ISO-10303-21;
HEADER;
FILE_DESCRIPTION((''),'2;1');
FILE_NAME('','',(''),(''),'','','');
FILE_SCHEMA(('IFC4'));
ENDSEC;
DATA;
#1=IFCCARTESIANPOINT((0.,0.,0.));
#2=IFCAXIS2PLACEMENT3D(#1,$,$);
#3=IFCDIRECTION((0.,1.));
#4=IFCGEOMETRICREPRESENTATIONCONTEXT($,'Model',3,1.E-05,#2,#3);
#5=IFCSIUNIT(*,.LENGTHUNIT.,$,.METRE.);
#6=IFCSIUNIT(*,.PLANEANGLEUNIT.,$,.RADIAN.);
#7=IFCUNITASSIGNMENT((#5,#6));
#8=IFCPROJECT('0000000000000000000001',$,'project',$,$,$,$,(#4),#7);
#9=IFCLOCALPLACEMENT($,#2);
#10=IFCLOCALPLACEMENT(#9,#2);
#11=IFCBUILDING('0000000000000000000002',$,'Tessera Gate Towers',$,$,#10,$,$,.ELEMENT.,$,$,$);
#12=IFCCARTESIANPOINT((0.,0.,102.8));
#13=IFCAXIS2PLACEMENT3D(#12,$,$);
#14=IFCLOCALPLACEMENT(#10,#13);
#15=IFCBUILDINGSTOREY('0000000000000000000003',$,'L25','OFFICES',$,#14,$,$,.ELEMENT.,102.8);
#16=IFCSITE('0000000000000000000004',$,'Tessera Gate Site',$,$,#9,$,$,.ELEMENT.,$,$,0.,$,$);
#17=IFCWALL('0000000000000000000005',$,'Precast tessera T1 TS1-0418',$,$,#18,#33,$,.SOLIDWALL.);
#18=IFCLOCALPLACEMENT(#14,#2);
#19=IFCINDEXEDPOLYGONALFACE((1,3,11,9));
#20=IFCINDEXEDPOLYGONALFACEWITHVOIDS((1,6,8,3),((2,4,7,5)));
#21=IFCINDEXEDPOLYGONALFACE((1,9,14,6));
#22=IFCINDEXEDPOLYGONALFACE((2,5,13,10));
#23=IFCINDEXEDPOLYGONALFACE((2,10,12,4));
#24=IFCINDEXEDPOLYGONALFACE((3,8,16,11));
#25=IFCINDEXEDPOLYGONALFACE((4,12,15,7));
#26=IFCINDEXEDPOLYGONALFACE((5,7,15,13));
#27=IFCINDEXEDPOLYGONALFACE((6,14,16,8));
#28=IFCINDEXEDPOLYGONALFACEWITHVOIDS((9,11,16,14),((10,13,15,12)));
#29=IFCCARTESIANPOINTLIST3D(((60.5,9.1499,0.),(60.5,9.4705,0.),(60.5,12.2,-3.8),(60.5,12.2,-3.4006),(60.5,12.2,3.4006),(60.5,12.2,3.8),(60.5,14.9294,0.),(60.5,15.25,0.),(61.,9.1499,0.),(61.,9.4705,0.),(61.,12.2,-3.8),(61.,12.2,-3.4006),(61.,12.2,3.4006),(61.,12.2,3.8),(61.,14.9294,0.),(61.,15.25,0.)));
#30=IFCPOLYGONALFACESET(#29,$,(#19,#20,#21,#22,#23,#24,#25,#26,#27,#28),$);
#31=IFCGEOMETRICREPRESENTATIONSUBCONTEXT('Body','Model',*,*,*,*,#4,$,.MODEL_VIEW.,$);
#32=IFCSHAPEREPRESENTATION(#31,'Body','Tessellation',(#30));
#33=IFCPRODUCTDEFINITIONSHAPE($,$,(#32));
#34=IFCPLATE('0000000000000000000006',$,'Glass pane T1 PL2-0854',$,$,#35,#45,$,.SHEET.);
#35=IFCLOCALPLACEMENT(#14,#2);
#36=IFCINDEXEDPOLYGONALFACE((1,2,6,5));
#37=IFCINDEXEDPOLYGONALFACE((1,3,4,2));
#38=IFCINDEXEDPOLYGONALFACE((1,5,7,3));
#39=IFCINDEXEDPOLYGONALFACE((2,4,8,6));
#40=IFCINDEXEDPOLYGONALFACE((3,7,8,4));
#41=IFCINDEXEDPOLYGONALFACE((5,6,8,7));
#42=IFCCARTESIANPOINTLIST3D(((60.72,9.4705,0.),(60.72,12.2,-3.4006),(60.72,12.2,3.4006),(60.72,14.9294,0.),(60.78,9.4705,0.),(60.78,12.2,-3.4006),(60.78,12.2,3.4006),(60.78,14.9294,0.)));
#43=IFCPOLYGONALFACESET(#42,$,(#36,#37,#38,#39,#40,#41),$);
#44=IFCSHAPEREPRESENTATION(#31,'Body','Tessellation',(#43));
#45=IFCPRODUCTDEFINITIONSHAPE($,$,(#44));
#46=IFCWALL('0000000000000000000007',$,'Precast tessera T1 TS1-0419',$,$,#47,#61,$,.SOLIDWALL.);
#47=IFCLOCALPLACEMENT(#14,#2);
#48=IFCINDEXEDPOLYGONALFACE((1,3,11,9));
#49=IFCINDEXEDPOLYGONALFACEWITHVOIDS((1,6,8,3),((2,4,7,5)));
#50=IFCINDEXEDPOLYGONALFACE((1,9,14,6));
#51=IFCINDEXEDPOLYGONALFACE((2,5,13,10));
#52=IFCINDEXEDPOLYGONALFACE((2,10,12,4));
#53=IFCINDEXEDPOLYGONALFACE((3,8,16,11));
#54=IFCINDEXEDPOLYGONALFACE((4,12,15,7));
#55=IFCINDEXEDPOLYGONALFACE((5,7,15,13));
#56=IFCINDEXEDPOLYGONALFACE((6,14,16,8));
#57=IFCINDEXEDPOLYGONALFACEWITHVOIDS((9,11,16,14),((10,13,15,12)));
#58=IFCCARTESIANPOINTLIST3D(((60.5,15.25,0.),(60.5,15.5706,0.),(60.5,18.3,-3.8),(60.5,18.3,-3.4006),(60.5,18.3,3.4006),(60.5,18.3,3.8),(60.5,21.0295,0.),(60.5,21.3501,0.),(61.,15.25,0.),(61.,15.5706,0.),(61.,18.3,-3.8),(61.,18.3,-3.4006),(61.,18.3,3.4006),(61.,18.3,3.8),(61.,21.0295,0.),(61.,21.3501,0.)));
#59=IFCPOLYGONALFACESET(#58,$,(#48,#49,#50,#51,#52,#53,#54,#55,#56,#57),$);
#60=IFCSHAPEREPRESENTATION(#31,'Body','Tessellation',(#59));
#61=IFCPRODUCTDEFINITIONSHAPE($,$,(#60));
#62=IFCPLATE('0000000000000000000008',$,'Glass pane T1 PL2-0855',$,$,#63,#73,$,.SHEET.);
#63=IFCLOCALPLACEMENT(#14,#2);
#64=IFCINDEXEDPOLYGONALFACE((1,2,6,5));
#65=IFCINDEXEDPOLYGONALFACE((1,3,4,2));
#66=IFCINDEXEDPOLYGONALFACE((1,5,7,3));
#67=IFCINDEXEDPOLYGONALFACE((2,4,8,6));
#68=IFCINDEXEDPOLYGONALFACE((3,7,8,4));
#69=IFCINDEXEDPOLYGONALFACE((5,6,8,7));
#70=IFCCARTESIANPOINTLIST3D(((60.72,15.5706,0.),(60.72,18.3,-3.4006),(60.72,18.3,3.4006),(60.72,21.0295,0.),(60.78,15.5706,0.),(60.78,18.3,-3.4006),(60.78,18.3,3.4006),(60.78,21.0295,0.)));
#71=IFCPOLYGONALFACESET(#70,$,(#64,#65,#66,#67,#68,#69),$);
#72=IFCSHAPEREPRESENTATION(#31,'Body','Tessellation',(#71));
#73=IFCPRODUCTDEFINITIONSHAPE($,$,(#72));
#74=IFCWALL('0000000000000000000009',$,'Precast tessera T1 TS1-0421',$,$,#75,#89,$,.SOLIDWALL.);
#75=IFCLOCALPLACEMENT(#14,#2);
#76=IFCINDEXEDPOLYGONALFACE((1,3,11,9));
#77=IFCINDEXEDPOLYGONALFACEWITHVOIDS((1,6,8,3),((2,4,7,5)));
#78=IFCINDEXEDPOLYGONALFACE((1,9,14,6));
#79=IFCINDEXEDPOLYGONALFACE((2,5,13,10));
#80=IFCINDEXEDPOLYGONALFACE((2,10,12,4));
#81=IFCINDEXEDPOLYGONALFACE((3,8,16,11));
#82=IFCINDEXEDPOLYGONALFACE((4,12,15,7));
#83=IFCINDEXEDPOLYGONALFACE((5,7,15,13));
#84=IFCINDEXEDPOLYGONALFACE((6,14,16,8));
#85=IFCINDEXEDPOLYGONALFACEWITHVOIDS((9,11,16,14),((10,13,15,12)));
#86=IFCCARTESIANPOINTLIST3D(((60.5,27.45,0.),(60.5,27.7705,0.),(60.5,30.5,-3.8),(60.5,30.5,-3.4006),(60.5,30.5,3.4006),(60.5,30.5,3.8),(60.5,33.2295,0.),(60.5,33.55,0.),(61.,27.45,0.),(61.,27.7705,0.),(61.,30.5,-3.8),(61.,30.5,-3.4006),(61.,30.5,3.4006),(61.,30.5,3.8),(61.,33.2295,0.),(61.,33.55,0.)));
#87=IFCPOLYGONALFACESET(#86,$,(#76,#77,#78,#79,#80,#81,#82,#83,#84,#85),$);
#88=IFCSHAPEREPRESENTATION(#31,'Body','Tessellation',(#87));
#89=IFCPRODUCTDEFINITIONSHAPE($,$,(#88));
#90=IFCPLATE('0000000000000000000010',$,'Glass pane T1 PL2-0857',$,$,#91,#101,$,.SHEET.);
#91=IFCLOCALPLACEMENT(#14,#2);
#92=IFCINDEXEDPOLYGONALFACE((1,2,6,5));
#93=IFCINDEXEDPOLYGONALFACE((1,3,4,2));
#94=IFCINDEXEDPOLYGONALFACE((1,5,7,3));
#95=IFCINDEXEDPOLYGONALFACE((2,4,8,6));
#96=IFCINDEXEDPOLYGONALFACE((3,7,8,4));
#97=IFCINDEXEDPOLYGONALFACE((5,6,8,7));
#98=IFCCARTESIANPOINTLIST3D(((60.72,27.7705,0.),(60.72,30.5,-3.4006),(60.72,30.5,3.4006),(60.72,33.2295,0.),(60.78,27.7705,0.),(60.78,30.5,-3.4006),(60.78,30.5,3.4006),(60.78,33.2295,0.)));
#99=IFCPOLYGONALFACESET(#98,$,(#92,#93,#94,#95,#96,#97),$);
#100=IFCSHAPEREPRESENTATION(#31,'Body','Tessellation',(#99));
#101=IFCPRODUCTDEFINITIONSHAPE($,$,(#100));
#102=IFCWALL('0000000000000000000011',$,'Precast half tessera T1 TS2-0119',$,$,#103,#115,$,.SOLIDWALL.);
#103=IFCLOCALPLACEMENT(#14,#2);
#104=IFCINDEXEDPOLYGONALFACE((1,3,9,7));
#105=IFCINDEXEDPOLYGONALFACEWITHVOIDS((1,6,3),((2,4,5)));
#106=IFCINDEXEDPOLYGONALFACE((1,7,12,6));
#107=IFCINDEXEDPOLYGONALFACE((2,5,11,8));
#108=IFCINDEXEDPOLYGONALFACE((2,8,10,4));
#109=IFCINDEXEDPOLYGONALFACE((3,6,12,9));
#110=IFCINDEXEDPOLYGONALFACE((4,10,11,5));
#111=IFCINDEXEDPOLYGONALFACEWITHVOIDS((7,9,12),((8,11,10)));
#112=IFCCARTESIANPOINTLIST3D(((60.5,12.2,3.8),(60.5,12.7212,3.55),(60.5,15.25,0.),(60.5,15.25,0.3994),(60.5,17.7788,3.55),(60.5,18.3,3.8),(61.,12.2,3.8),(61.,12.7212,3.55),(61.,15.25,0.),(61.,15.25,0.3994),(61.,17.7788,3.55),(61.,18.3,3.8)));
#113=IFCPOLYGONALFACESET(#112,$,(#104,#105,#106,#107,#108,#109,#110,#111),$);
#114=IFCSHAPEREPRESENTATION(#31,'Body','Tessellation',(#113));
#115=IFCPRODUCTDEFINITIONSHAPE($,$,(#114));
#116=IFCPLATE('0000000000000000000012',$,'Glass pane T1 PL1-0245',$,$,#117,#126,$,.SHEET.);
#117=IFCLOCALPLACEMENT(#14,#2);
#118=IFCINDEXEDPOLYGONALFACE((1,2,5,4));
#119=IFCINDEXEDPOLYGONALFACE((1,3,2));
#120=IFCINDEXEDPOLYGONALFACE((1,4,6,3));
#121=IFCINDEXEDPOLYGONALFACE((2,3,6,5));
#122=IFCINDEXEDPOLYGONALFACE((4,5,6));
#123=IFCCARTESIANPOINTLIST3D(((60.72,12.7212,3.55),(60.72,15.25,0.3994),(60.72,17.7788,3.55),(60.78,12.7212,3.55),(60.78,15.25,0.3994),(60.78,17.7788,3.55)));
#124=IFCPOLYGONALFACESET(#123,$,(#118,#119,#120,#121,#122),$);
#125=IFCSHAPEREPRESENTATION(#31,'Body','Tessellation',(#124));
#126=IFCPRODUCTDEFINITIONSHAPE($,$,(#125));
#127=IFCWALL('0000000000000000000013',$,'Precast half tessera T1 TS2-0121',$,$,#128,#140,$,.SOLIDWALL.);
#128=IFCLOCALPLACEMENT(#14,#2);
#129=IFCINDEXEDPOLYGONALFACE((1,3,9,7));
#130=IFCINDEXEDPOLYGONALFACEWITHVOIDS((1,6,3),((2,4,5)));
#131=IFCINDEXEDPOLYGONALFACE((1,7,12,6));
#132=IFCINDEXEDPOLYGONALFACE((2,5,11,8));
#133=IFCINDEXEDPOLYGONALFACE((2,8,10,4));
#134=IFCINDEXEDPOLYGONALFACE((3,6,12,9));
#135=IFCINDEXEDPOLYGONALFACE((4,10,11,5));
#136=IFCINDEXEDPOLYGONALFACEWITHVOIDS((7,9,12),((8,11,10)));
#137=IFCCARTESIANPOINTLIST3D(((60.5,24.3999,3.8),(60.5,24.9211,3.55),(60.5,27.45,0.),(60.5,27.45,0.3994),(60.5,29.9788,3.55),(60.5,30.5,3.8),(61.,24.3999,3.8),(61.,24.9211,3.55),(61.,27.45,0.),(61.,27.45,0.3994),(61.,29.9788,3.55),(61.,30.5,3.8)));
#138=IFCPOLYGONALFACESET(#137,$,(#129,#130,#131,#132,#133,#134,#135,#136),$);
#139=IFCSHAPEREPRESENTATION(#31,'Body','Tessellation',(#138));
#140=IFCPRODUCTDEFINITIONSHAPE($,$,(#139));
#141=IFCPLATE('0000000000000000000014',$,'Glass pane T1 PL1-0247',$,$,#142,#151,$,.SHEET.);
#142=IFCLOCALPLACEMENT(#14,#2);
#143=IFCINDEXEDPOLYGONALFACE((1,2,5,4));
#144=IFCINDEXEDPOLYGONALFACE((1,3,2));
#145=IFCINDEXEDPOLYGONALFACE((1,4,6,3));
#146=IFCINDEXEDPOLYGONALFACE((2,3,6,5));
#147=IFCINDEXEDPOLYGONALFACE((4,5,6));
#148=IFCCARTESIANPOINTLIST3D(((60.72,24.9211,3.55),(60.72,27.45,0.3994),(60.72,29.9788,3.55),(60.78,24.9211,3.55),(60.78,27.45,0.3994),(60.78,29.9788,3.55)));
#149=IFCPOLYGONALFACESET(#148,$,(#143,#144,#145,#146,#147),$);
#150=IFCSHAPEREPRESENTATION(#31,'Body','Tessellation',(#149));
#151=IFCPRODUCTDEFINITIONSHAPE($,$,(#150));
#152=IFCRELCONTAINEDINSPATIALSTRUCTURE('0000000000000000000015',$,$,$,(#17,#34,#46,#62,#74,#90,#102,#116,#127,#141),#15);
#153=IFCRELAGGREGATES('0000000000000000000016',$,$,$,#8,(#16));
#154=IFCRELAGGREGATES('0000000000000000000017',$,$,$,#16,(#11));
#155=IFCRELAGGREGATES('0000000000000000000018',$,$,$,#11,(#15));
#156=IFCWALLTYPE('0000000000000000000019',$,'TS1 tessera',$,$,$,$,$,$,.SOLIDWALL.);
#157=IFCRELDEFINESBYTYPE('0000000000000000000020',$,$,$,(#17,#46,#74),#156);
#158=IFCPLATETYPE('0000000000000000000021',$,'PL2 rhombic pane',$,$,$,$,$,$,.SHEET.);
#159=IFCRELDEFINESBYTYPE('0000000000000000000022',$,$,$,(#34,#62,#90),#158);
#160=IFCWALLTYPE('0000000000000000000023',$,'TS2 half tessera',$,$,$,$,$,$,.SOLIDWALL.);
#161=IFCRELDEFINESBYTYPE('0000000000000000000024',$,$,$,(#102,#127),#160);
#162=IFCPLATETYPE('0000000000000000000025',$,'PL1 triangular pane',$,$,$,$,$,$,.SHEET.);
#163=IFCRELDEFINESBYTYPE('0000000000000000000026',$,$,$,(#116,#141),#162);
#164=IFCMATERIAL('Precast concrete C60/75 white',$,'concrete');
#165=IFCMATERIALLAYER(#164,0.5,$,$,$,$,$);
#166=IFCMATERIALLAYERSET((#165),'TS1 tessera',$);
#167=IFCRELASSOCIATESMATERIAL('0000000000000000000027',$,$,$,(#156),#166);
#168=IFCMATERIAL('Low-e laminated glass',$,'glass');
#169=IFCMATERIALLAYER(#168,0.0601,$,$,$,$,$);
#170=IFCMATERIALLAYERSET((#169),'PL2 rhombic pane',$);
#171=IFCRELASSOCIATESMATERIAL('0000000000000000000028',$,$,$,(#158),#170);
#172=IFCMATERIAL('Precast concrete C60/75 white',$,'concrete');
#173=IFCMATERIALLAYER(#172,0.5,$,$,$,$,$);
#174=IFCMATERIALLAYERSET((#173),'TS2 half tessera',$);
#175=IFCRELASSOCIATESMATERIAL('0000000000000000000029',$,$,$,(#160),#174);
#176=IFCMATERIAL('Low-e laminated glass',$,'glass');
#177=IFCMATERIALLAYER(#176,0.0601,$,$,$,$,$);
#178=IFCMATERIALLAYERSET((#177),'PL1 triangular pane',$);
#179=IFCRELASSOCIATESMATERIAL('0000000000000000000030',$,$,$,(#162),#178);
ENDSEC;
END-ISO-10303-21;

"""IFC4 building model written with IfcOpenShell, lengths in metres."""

from ifc_helpers import new_model, si_unit, direction, frame, origin, place, context, subcontext, project, spatial, polyline, outline, extrude, source, transform, mapped, material, layer, layer_set, type_object, element, fill, save


model = new_model("IFC4")

# Units and contexts
model_context = context("Model", 3, precision=1e-05, world=origin(), true_north=direction((0.0, 1.0)))
body_context = subcontext(model_context, "Body", "Model", "MODEL_VIEW")
ifc_project = project(units=[si_unit("LENGTHUNIT", "METRE"), si_unit("PLANEANGLEUNIT", "RADIAN")], contexts=[model_context])

# Site, building, storey
site_placement = place(None, origin())
site = spatial("IfcSite", under=ifc_project, at=site_placement, Name="Tessera Gate Site", CompositionType="ELEMENT", RefElevation=0.0)
building_placement = place(site_placement, origin())
building = spatial("IfcBuilding", under=site, at=building_placement, Name="Tessera Gate Towers", CompositionType="ELEMENT")
storey_placement = place(building_placement, frame((0.0, 0.0, 102.8)))
storey = spatial("IfcBuildingStorey", under=building, at=storey_placement, Name="L25", Description="OFFICES", CompositionType="ELEMENT", Elevation=102.8)

# Walls, openings, plates
ifc_material_1 = material(Name="Precast concrete C60/75 white", Category="concrete")
ifc_layer_1 = layer(ifc_material_1, 0.5)
ifc_layer_set_1 = layer_set([ifc_layer_1], Name="TS1 tessera")
wall_type_1 = type_object("IfcWallType", Name="TS1 tessera", PredefinedType="SOLIDWALL", material=ifc_layer_set_1)
shared_shape_1 = source(origin(), body_context, "Body", "SweptSolid", [
    extrude(outline(polyline([(3.05, 0.0), (6.1001, 3.8), (3.05, 7.6001), (0.0, 3.8), (3.05, 0.0)])), frame((0.0, 0.25, 0.0), z_axis=(0.0, -1.0, 0.0), x_axis=(1.0, 0.0, 0.0)), (0.0, 0.0, 1.0), 0.5),
])
wall_1_placement = place(storey_placement, frame((60.75, 9.1499, -3.8), z_axis=(0.0, 0.0, 1.0), x_axis=(0.0, 1.0, 0.0)))
wall_1 = element("IfcWall", 1, at=wall_1_placement, inside=storey, type_object=wall_type_1, Name="Precast tessera T1 TS1-0418", PredefinedType="SOLIDWALL", context=body_context, shape_type="MappedRepresentation", body=[
    mapped(shared_shape_1, transform((0.0, 0.0, 0.0), scale=1.0)),
])
shared_shape_2 = source(origin(), body_context, "Body", "SweptSolid", [
    extrude(outline(polyline([(3.05, 0.3994), (5.7795, 3.8), (3.05, 7.2007), (0.3206, 3.8), (3.05, 0.3994)])), frame((0.0, 0.26, 0.0), z_axis=(0.0, -1.0, 0.0), x_axis=(1.0, 0.0, 0.0)), (0.0, 0.0, 1.0), 0.52),
])
opening_1_placement = place(wall_1_placement, origin())
opening_1 = element("IfcOpeningElement", 2, at=opening_1_placement, cuts=wall_1, PredefinedType="OPENING", context=body_context, shape_type="MappedRepresentation", body=[
    mapped(shared_shape_2, transform((0.0, 0.0, 0.0), scale=1.0)),
])
ifc_material_2 = material(Name="Low-e laminated glass", Category="glass")
ifc_layer_2 = layer(ifc_material_2, 0.0601)
ifc_layer_set_2 = layer_set([ifc_layer_2], Name="PL2 rhombic pane")
plate_type_1 = type_object("IfcPlateType", Name="PL2 rhombic pane", PredefinedType="SHEET", material=ifc_layer_set_2)
shared_shape_3 = source(origin(), body_context, "Body", "SweptSolid", [
    extrude(outline(polyline([(3.05, 0.3994), (5.7795, 3.8), (3.05, 7.2007), (0.3206, 3.8), (3.05, 0.3994)])), frame((0.0, 0.03, 0.0), z_axis=(0.0, -1.0, 0.0), x_axis=(1.0, 0.0, 0.0)), (0.0, 0.0, 1.0), 0.0601),
])
plate_1_placement = place(opening_1_placement, origin())
plate_1 = element("IfcPlate", 3, at=plate_1_placement, inside=storey, type_object=plate_type_1, Name="Glass pane T1 PL2-0854", PredefinedType="SHEET", context=body_context, shape_type="MappedRepresentation", body=[
    mapped(shared_shape_3, transform((0.0, 0.0, 0.0), scale=1.0)),
])
fill(opening_1, plate_1)
wall_2_placement = place(storey_placement, frame((60.75, 15.25, -3.8), z_axis=(0.0, 0.0, 1.0), x_axis=(0.0, 1.0, 0.0)))
wall_2 = element("IfcWall", 4, at=wall_2_placement, inside=storey, type_object=wall_type_1, Name="Precast tessera T1 TS1-0419", PredefinedType="SOLIDWALL", context=body_context, shape_type="MappedRepresentation", body=[
    mapped(shared_shape_1, transform((0.0, 0.0, 0.0), scale=1.0)),
])
opening_2_placement = place(wall_2_placement, origin())
opening_2 = element("IfcOpeningElement", 5, at=opening_2_placement, cuts=wall_2, PredefinedType="OPENING", context=body_context, shape_type="MappedRepresentation", body=[
    mapped(shared_shape_2, transform((0.0, 0.0, 0.0), scale=1.0)),
])
plate_2_placement = place(opening_2_placement, origin())
plate_2 = element("IfcPlate", 6, at=plate_2_placement, inside=storey, type_object=plate_type_1, Name="Glass pane T1 PL2-0855", PredefinedType="SHEET", context=body_context, shape_type="MappedRepresentation", body=[
    mapped(shared_shape_3, transform((0.0, 0.0, 0.0), scale=1.0)),
])
fill(opening_2, plate_2)
wall_3_placement = place(storey_placement, frame((60.75, 27.45, -3.8), z_axis=(0.0, 0.0, 1.0), x_axis=(0.0, 1.0, 0.0)))
wall_3 = element("IfcWall", 7, at=wall_3_placement, inside=storey, type_object=wall_type_1, Name="Precast tessera T1 TS1-0421", PredefinedType="SOLIDWALL", context=body_context, shape_type="MappedRepresentation", body=[
    mapped(shared_shape_1, transform((0.0, 0.0, 0.0), scale=1.0)),
])
opening_3_placement = place(wall_3_placement, origin())
opening_3 = element("IfcOpeningElement", 8, at=opening_3_placement, cuts=wall_3, PredefinedType="OPENING", context=body_context, shape_type="MappedRepresentation", body=[
    mapped(shared_shape_2, transform((0.0, 0.0, 0.0), scale=1.0)),
])
plate_3_placement = place(opening_3_placement, origin())
plate_3 = element("IfcPlate", 9, at=plate_3_placement, inside=storey, type_object=plate_type_1, Name="Glass pane T1 PL2-0857", PredefinedType="SHEET", context=body_context, shape_type="MappedRepresentation", body=[
    mapped(shared_shape_3, transform((0.0, 0.0, 0.0), scale=1.0)),
])
fill(opening_3, plate_3)
ifc_material_3 = material(Name="Precast concrete C60/75 white", Category="concrete")
ifc_layer_3 = layer(ifc_material_3, 0.5)
ifc_layer_set_3 = layer_set([ifc_layer_3], Name="TS2 half tessera")
wall_type_2 = type_object("IfcWallType", Name="TS2 half tessera", PredefinedType="SOLIDWALL", material=ifc_layer_set_3)
shared_shape_4 = source(origin(), body_context, "Body", "SweptSolid", [
    extrude(outline(polyline([(3.05, 0.0), (6.1001, 3.8), (0.0, 3.8), (3.05, 0.0)])), frame((0.0, 0.25, 0.0), z_axis=(0.0, -1.0, 0.0), x_axis=(1.0, 0.0, 0.0)), (0.0, 0.0, 1.0), 0.5),
])
wall_4_placement = place(storey_placement, frame((60.75, 12.2, 0.0), z_axis=(0.0, 0.0, 1.0), x_axis=(0.0, 1.0, 0.0)))
wall_4 = element("IfcWall", 10, at=wall_4_placement, inside=storey, type_object=wall_type_2, Name="Precast half tessera T1 TS2-0119", PredefinedType="SOLIDWALL", context=body_context, shape_type="MappedRepresentation", body=[
    mapped(shared_shape_4, transform((0.0, 0.0, 0.0), scale=1.0)),
])
shared_shape_5 = source(origin(), body_context, "Body", "SweptSolid", [
    extrude(outline(polyline([(3.05, 0.3994), (5.5789, 3.55), (0.5212, 3.55), (3.05, 0.3994)])), frame((0.0, 0.26, 0.0), z_axis=(0.0, -1.0, 0.0), x_axis=(1.0, 0.0, 0.0)), (0.0, 0.0, 1.0), 0.52),
])
opening_4_placement = place(wall_4_placement, origin())
opening_4 = element("IfcOpeningElement", 11, at=opening_4_placement, cuts=wall_4, PredefinedType="OPENING", context=body_context, shape_type="MappedRepresentation", body=[
    mapped(shared_shape_5, transform((0.0, 0.0, 0.0), scale=1.0)),
])
ifc_material_4 = material(Name="Low-e laminated glass", Category="glass")
ifc_layer_4 = layer(ifc_material_4, 0.0601)
ifc_layer_set_4 = layer_set([ifc_layer_4], Name="PL1 triangular pane")
plate_type_2 = type_object("IfcPlateType", Name="PL1 triangular pane", PredefinedType="SHEET", material=ifc_layer_set_4)
shared_shape_6 = source(origin(), body_context, "Body", "SweptSolid", [
    extrude(outline(polyline([(3.05, 0.3994), (5.5789, 3.55), (0.5212, 3.55), (3.05, 0.3994)])), frame((0.0, 0.03, 0.0), z_axis=(0.0, -1.0, 0.0), x_axis=(1.0, 0.0, 0.0)), (0.0, 0.0, 1.0), 0.0601),
])
plate_4_placement = place(opening_4_placement, origin())
plate_4 = element("IfcPlate", 12, at=plate_4_placement, inside=storey, type_object=plate_type_2, Name="Glass pane T1 PL1-0245", PredefinedType="SHEET", context=body_context, shape_type="MappedRepresentation", body=[
    mapped(shared_shape_6, transform((0.0, 0.0, 0.0), scale=1.0)),
])
fill(opening_4, plate_4)
wall_5_placement = place(storey_placement, frame((60.75, 24.3999, 0.0), z_axis=(0.0, 0.0, 1.0), x_axis=(0.0, 1.0, 0.0)))
wall_5 = element("IfcWall", 13, at=wall_5_placement, inside=storey, type_object=wall_type_2, Name="Precast half tessera T1 TS2-0121", PredefinedType="SOLIDWALL", context=body_context, shape_type="MappedRepresentation", body=[
    mapped(shared_shape_4, transform((0.0, 0.0, 0.0), scale=1.0)),
])
opening_5_placement = place(wall_5_placement, origin())
opening_5 = element("IfcOpeningElement", 14, at=opening_5_placement, cuts=wall_5, PredefinedType="OPENING", context=body_context, shape_type="MappedRepresentation", body=[
    mapped(shared_shape_5, transform((0.0, 0.0, 0.0), scale=1.0)),
])
plate_5_placement = place(opening_5_placement, origin())
plate_5 = element("IfcPlate", 15, at=plate_5_placement, inside=storey, type_object=plate_type_2, Name="Glass pane T1 PL1-0247", PredefinedType="SHEET", context=body_context, shape_type="MappedRepresentation", body=[
    mapped(shared_shape_6, transform((0.0, 0.0, 0.0), scale=1.0)),
])
fill(opening_5, plate_5)

save(model, "model.ifc")
